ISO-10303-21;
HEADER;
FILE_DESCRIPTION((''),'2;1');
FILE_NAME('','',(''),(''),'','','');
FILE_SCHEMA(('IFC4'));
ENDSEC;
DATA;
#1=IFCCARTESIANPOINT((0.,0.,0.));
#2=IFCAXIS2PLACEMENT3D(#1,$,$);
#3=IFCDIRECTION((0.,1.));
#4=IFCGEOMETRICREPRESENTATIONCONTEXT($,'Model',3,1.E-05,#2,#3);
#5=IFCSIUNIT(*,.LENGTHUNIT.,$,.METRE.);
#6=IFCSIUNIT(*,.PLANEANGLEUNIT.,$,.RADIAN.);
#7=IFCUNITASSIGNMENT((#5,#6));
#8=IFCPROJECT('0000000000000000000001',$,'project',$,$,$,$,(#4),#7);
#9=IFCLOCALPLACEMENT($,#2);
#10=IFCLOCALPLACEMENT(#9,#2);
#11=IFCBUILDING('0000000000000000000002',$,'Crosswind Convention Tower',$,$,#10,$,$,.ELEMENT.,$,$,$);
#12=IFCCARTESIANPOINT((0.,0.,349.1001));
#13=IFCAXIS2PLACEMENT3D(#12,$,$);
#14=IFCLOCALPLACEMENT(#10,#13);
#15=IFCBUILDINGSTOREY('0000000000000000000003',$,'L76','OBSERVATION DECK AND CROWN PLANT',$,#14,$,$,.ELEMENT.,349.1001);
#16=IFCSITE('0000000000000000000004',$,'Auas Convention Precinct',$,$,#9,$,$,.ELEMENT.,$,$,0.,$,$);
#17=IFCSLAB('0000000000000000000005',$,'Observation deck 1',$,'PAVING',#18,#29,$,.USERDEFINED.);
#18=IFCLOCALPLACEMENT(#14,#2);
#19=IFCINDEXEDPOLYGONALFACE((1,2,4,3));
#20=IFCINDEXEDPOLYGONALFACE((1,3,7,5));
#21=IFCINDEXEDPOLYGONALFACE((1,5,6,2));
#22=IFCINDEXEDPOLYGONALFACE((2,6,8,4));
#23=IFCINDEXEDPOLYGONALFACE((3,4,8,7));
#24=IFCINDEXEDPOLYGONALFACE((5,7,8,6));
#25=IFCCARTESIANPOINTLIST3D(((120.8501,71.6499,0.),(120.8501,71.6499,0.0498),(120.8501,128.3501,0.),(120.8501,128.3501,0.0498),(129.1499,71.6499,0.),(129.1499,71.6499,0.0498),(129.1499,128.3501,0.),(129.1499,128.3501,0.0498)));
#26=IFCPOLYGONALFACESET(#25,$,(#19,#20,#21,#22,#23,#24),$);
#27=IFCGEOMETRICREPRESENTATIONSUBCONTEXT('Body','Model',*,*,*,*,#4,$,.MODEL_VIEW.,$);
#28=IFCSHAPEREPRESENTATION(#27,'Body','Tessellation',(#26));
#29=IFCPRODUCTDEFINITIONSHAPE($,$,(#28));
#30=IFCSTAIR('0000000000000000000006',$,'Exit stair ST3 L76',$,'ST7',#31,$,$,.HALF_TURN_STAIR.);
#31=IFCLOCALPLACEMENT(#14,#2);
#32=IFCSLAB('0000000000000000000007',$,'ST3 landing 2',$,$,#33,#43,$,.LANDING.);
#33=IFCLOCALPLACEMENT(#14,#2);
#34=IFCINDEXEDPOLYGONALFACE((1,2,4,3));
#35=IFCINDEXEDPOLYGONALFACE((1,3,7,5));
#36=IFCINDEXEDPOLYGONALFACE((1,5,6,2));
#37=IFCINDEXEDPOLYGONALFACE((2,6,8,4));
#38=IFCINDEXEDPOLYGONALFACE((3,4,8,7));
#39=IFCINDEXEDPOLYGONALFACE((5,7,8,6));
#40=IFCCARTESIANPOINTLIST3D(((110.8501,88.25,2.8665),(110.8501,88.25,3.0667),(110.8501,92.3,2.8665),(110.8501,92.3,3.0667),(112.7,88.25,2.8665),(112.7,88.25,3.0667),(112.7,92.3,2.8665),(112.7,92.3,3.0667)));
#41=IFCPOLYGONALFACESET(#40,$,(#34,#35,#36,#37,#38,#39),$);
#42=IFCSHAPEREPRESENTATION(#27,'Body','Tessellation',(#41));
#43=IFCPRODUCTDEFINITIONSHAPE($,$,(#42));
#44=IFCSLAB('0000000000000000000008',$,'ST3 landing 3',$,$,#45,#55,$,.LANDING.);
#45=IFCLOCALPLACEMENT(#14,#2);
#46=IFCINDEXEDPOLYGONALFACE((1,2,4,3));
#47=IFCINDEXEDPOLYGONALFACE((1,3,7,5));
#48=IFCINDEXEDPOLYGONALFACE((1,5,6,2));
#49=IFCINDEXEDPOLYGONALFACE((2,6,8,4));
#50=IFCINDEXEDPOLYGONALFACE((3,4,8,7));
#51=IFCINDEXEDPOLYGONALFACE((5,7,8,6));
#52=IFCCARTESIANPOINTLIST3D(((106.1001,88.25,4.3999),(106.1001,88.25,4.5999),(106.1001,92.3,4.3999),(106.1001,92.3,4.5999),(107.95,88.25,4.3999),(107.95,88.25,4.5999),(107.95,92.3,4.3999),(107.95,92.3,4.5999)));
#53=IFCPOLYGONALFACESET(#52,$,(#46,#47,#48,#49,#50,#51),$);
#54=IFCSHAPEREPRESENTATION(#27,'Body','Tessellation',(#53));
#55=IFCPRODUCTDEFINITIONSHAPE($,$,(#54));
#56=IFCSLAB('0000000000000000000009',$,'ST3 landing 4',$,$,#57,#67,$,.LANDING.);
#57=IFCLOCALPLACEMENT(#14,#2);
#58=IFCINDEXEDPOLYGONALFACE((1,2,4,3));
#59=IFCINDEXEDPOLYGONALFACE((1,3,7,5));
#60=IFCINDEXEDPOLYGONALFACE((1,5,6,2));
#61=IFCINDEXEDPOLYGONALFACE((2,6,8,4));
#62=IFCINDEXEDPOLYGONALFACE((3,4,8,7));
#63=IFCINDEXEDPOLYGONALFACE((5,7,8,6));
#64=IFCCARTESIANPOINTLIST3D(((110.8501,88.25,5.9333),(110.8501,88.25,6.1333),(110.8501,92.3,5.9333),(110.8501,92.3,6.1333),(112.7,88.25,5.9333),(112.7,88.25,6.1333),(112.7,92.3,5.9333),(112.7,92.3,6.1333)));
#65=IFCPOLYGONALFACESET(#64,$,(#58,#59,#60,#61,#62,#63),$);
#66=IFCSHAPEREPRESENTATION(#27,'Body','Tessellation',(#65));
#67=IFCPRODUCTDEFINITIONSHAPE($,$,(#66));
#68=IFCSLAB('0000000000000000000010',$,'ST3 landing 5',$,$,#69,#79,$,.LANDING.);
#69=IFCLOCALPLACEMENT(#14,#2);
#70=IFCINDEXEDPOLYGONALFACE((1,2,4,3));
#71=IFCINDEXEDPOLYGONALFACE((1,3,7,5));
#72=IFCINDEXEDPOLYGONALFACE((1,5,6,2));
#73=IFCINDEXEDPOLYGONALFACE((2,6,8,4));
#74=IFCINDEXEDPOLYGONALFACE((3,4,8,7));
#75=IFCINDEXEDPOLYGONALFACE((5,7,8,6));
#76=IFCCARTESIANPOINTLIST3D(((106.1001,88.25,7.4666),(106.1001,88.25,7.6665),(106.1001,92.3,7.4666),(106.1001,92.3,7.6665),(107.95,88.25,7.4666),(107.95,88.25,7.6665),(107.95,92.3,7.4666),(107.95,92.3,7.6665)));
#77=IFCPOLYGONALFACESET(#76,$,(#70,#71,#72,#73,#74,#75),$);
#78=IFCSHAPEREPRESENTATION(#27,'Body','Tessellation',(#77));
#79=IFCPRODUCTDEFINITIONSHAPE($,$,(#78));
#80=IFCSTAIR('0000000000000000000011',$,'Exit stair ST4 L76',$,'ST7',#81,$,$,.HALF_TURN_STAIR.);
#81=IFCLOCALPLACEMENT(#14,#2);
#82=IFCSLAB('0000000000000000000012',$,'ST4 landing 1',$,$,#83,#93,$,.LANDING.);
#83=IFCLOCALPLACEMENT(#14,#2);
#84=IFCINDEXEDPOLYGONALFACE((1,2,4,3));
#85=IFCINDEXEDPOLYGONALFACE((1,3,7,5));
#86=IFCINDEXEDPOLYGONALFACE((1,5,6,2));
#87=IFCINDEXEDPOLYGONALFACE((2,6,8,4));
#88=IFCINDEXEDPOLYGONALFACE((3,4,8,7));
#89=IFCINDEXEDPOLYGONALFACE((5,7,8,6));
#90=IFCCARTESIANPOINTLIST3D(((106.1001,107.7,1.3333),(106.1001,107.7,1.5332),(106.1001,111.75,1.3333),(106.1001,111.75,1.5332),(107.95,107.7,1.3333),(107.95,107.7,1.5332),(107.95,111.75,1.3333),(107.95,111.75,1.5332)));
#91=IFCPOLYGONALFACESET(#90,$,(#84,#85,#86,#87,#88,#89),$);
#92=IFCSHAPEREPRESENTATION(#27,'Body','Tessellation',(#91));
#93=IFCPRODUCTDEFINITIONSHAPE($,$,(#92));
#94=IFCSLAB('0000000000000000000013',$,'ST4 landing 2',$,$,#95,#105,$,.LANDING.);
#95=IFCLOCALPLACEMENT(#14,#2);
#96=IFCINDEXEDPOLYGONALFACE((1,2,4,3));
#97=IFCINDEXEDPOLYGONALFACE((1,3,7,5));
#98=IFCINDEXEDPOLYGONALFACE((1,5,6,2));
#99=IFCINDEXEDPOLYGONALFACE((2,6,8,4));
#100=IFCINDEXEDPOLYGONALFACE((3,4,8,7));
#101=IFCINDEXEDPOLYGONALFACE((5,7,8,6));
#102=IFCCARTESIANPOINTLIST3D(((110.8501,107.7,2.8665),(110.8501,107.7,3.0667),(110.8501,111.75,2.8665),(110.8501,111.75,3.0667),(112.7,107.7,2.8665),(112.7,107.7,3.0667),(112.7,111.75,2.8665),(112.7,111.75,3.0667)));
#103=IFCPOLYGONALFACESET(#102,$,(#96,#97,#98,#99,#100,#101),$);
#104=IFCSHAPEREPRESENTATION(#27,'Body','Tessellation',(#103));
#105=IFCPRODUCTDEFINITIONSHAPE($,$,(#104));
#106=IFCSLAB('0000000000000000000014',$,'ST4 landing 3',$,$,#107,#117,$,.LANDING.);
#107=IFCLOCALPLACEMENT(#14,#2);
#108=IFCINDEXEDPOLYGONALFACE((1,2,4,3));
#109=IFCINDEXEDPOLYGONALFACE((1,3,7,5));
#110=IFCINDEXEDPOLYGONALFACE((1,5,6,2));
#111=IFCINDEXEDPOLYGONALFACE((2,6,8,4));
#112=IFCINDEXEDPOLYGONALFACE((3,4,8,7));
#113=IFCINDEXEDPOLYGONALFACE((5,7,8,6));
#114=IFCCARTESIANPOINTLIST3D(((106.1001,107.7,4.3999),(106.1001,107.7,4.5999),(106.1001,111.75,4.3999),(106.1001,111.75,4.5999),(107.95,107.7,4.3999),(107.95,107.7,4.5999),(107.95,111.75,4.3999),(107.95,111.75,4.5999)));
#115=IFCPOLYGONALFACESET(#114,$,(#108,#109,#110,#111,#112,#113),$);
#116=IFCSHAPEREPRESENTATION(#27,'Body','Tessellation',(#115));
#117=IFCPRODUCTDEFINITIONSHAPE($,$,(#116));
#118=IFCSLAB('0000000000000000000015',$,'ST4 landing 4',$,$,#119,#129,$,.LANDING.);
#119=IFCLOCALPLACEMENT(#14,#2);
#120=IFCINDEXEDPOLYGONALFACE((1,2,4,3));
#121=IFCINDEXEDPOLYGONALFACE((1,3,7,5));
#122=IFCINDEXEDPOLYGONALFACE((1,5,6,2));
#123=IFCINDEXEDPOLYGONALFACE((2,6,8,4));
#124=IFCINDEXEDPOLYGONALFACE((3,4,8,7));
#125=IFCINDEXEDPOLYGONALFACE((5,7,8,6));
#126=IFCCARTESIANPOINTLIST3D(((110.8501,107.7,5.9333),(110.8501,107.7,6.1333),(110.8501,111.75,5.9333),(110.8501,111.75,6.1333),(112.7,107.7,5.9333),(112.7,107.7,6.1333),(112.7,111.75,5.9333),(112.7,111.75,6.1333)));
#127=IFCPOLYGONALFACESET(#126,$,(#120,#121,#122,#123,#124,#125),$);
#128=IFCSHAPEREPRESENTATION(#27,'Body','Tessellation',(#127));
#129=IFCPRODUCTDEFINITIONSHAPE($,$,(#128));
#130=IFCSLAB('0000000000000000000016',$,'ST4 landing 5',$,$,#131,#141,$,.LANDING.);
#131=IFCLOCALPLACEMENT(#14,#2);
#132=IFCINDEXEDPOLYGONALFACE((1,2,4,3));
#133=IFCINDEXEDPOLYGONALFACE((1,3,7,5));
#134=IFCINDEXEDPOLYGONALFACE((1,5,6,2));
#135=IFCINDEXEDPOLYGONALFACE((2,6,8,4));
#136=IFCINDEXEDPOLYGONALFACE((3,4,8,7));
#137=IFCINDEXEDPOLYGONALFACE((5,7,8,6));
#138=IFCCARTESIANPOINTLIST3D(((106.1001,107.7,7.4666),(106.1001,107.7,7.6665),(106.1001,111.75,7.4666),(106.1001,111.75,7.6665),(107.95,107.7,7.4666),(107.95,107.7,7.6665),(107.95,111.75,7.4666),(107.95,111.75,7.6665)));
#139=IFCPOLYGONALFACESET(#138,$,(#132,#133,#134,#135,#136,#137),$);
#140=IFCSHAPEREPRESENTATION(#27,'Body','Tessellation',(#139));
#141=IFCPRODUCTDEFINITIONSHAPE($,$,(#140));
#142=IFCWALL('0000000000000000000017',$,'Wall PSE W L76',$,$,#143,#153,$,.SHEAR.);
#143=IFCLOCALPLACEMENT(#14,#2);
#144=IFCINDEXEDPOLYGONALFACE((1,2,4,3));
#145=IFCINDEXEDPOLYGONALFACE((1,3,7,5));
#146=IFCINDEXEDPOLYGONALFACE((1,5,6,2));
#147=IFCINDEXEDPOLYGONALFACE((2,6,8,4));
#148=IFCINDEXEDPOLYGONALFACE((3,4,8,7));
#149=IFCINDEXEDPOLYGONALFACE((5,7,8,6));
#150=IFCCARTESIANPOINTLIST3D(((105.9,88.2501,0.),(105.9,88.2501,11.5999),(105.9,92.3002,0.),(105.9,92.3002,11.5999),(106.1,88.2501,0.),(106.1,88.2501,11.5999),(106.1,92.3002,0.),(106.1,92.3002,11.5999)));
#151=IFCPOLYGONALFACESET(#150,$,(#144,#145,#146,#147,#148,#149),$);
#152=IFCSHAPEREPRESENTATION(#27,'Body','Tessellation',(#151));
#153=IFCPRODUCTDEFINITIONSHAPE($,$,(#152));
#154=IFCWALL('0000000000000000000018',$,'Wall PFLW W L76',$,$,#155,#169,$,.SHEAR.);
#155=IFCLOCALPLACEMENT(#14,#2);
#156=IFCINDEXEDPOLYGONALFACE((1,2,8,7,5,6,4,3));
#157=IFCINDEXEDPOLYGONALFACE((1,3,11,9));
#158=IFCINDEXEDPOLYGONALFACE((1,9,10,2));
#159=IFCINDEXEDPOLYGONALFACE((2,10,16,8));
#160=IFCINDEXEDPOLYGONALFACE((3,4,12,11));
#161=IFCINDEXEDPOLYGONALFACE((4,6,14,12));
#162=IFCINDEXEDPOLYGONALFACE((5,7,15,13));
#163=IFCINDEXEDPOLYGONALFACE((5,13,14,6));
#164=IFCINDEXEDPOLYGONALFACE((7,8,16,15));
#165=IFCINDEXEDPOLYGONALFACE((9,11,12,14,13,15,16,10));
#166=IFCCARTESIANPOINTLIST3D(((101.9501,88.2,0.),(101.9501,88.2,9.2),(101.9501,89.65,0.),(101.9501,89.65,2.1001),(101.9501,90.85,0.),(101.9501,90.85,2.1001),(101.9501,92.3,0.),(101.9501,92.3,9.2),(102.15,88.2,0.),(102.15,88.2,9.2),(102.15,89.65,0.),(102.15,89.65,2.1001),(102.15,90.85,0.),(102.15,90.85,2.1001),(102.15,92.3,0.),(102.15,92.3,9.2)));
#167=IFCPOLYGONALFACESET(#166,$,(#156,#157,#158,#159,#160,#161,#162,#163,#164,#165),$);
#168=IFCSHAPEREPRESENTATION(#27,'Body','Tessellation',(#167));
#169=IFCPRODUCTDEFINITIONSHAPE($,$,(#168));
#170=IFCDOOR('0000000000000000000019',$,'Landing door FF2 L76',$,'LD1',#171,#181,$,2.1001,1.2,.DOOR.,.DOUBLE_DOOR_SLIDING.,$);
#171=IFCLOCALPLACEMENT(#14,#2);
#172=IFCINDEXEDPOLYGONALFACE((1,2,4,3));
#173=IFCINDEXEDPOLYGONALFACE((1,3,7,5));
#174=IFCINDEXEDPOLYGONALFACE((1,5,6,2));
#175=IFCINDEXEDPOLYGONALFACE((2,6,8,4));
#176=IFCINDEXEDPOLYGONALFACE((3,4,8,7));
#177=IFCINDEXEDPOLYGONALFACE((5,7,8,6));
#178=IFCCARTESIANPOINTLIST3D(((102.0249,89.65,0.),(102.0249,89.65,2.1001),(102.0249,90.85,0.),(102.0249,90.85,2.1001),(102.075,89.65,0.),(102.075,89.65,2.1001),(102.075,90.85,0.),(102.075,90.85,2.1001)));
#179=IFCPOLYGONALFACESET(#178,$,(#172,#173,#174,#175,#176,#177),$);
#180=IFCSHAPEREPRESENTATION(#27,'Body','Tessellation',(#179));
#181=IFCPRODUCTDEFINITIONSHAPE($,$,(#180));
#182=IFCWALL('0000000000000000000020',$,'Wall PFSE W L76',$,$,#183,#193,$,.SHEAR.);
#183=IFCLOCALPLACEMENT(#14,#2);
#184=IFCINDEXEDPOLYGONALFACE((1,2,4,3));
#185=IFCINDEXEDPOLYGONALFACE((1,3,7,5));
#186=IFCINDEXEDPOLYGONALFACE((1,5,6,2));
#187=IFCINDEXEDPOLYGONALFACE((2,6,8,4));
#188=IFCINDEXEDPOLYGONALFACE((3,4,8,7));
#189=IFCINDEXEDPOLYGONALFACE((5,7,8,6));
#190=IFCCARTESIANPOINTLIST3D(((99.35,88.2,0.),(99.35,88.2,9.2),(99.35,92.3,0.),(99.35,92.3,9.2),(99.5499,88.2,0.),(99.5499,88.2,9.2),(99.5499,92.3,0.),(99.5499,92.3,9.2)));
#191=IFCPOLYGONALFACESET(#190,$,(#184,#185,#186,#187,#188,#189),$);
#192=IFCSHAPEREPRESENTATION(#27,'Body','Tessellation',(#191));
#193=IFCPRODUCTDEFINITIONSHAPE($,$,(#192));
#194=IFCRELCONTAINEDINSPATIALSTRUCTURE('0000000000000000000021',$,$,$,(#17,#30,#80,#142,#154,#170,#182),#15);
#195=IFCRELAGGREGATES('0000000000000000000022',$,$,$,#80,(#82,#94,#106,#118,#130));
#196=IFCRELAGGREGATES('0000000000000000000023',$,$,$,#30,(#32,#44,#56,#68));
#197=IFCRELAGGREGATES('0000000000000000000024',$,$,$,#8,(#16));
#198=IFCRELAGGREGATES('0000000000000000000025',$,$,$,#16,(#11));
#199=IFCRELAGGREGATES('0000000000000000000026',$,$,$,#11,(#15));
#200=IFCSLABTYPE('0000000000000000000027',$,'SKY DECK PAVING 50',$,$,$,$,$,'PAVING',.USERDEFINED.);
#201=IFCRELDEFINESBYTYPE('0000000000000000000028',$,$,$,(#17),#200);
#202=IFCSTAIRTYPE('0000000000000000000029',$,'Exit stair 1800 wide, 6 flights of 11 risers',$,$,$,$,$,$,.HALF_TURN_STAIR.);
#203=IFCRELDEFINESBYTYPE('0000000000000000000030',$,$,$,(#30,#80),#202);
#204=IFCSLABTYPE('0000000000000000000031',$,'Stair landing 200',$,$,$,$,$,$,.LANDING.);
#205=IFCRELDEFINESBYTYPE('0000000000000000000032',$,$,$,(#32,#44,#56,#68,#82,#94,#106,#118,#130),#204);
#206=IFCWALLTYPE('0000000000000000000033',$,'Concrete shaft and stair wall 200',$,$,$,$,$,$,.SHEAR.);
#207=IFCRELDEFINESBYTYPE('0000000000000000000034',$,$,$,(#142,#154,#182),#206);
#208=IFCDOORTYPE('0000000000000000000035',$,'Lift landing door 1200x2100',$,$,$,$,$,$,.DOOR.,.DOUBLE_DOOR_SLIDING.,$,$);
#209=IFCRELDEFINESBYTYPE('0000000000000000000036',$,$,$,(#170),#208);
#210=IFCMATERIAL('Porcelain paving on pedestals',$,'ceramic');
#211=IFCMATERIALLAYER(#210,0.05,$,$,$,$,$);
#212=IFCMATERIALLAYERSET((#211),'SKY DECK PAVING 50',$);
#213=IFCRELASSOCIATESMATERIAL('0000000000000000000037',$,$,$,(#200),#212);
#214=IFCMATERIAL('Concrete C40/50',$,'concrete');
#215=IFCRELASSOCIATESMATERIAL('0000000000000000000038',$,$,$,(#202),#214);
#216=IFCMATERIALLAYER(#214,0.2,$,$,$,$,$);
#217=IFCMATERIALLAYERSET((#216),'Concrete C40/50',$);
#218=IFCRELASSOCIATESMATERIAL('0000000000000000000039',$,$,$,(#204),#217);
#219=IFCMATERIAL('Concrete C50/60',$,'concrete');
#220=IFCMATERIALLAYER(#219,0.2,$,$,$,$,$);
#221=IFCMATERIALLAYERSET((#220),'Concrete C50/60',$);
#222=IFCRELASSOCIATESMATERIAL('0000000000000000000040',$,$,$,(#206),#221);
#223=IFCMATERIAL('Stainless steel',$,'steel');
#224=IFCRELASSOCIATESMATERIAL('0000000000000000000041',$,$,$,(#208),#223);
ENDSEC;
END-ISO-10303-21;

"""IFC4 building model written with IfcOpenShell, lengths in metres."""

from ifc_helpers import new_model, si_unit, direction, frame, frame_2d, origin, place, context, subcontext, project, spatial, polyline, rectangle, outline, extrude, material, layer, layer_set, type_object, element, fill, aggregate, save


model = new_model("IFC4")

# Units and contexts
model_context = context("Model", 3, precision=1e-05, world=origin(), true_north=direction((0.0, 1.0)))
body_context = subcontext(model_context, "Body", "Model", "MODEL_VIEW")
ifc_project = project(units=[si_unit("LENGTHUNIT", "METRE"), si_unit("PLANEANGLEUNIT", "RADIAN")], contexts=[model_context])

# Site, building, storey
site_placement = place(None, origin())
site = spatial("IfcSite", under=ifc_project, at=site_placement, Name="Auas Convention Precinct", CompositionType="ELEMENT", RefElevation=0.0)
building_placement = place(site_placement, origin())
building = spatial("IfcBuilding", under=site, at=building_placement, Name="Crosswind Convention Tower", CompositionType="ELEMENT")
storey_placement = place(building_placement, frame((0.0, 0.0, 349.1001)))
storey = spatial("IfcBuildingStorey", under=building, at=storey_placement, Name="L76", Description="OBSERVATION DECK AND CROWN PLANT", CompositionType="ELEMENT", Elevation=349.1001)

# Slab
ifc_material_1 = material(Name="Porcelain paving on pedestals", Category="ceramic")
ifc_layer_1 = layer(ifc_material_1, 0.05)
ifc_layer_set_1 = layer_set([ifc_layer_1], Name="SKY DECK PAVING 50")
slab_type_1 = type_object("IfcSlabType", Name="SKY DECK PAVING 50", ElementType="PAVING", PredefinedType="USERDEFINED", material=ifc_layer_set_1)
slab_1_placement = place(storey_placement, origin())
element("IfcSlab", 1, at=slab_1_placement, inside=storey, type_object=slab_type_1, Name="Observation deck 1", ObjectType="PAVING", PredefinedType="USERDEFINED", context=body_context, shape_type="SweptSolid", body=[
    extrude(outline(polyline([(120.8501, 71.6499), (120.8501, 128.3501), (129.1499, 128.3501), (129.1499, 71.6499), (120.8501, 71.6499)])), origin(), (0.0, 0.0, 1.0), 0.0498),
])

# Stairs, slabs
ifc_material_2 = material(Name="Concrete C40/50", Category="concrete")
stair_type = type_object("IfcStairType", Name="Exit stair 1800 wide, 6 flights of 11 risers", PredefinedType="HALF_TURN_STAIR", material=ifc_material_2)
stair_1_placement = place(storey_placement, origin())
stair_1 = element("IfcStair", 2, at=stair_1_placement, inside=storey, type_object=stair_type, Name="Exit stair ST3 L76", ObjectType="ST7", PredefinedType="HALF_TURN_STAIR")
ifc_layer_2 = layer(ifc_material_2, 0.2)
ifc_layer_set_2 = layer_set([ifc_layer_2], Name="Concrete C40/50")
slab_type_2 = type_object("IfcSlabType", Name="Stair landing 200", PredefinedType="LANDING", material=ifc_layer_set_2)
slab_2_placement = place(storey_placement, frame((0.0, 0.0, 2.8665)))
slab_2 = element("IfcSlab", 3, at=slab_2_placement, type_object=slab_type_2, Name="ST3 landing 2", PredefinedType="LANDING", context=body_context, shape_type="SweptSolid", body=[
    extrude(outline(polyline([(112.7, 88.25), (112.7, 92.3), (110.8501, 92.3), (110.8501, 88.25), (112.7, 88.25)])), origin(), (0.0, 0.0, 1.0), 0.2002),
])
slab_3_placement = place(storey_placement, frame((0.0, 0.0, 4.3999)))
slab_3 = element("IfcSlab", 4, at=slab_3_placement, type_object=slab_type_2, Name="ST3 landing 3", PredefinedType="LANDING", context=body_context, shape_type="SweptSolid", body=[
    extrude(outline(polyline([(107.95, 88.25), (107.95, 92.3), (106.1001, 92.3), (106.1001, 88.25), (107.95, 88.25)])), origin(), (0.0, 0.0, 1.0), 0.2),
])
slab_4_placement = place(storey_placement, frame((0.0, 0.0, 5.9333)))
slab_4 = element("IfcSlab", 5, at=slab_4_placement, type_object=slab_type_2, Name="ST3 landing 4", PredefinedType="LANDING", context=body_context, shape_type="SweptSolid", body=[
    extrude(outline(polyline([(112.7, 88.25), (112.7, 92.3), (110.8501, 92.3), (110.8501, 88.25), (112.7, 88.25)])), origin(), (0.0, 0.0, 1.0), 0.2),
])
slab_5_placement = place(storey_placement, frame((0.0, 0.0, 7.4666)))
slab_5 = element("IfcSlab", 6, at=slab_5_placement, type_object=slab_type_2, Name="ST3 landing 5", PredefinedType="LANDING", context=body_context, shape_type="SweptSolid", body=[
    extrude(outline(polyline([(107.95, 88.25), (107.95, 92.3), (106.1001, 92.3), (106.1001, 88.25), (107.95, 88.25)])), origin(), (0.0, 0.0, 1.0), 0.2),
])
stair_2_placement = place(storey_placement, origin())
stair_2 = element("IfcStair", 7, at=stair_2_placement, inside=storey, type_object=stair_type, Name="Exit stair ST4 L76", ObjectType="ST7", PredefinedType="HALF_TURN_STAIR")
slab_6_placement = place(storey_placement, frame((0.0, 0.0, 1.3333)))
slab_6 = element("IfcSlab", 8, at=slab_6_placement, type_object=slab_type_2, Name="ST4 landing 1", PredefinedType="LANDING", context=body_context, shape_type="SweptSolid", body=[
    extrude(outline(polyline([(107.95, 107.7), (107.95, 111.75), (106.1001, 111.75), (106.1001, 107.7), (107.95, 107.7)])), origin(), (0.0, 0.0, 1.0), 0.2),
])
slab_7_placement = place(storey_placement, frame((0.0, 0.0, 2.8665)))
slab_7 = element("IfcSlab", 9, at=slab_7_placement, type_object=slab_type_2, Name="ST4 landing 2", PredefinedType="LANDING", context=body_context, shape_type="SweptSolid", body=[
    extrude(outline(polyline([(112.7, 107.7), (112.7, 111.75), (110.8501, 111.75), (110.8501, 107.7), (112.7, 107.7)])), origin(), (0.0, 0.0, 1.0), 0.2002),
])
slab_8_placement = place(storey_placement, frame((0.0, 0.0, 4.3999)))
slab_8 = element("IfcSlab", 10, at=slab_8_placement, type_object=slab_type_2, Name="ST4 landing 3", PredefinedType="LANDING", context=body_context, shape_type="SweptSolid", body=[
    extrude(outline(polyline([(107.95, 107.7), (107.95, 111.75), (106.1001, 111.75), (106.1001, 107.7), (107.95, 107.7)])), origin(), (0.0, 0.0, 1.0), 0.2),
])
slab_9_placement = place(storey_placement, frame((0.0, 0.0, 5.9333)))
slab_9 = element("IfcSlab", 11, at=slab_9_placement, type_object=slab_type_2, Name="ST4 landing 4", PredefinedType="LANDING", context=body_context, shape_type="SweptSolid", body=[
    extrude(outline(polyline([(112.7, 107.7), (112.7, 111.75), (110.8501, 111.75), (110.8501, 107.7), (112.7, 107.7)])), origin(), (0.0, 0.0, 1.0), 0.2),
])
slab_10_placement = place(storey_placement, frame((0.0, 0.0, 7.4666)))
slab_10 = element("IfcSlab", 12, at=slab_10_placement, type_object=slab_type_2, Name="ST4 landing 5", PredefinedType="LANDING", context=body_context, shape_type="SweptSolid", body=[
    extrude(outline(polyline([(107.95, 107.7), (107.95, 111.75), (106.1001, 111.75), (106.1001, 107.7), (107.95, 107.7)])), origin(), (0.0, 0.0, 1.0), 0.2),
])
aggregate(stair_2, [slab_6, slab_7, slab_8, slab_9, slab_10])

# Wall
ifc_material_3 = material(Name="Concrete C50/60", Category="concrete")
ifc_layer_3 = layer(ifc_material_3, 0.2)
ifc_layer_set_3 = layer_set([ifc_layer_3], Name="Concrete C50/60")
wall_type_1 = type_object("IfcWallType", Name="Concrete shaft and stair wall 200", PredefinedType="SHEAR", material=ifc_layer_set_3)
wall_1_placement = place(storey_placement, frame((106.0, 92.3, 0.0), z_axis=(0.0, 0.0, 1.0), x_axis=(0.0, -1.0, 0.0)))
element("IfcWall", 13, at=wall_1_placement, inside=storey, type_object=wall_type_1, Name="Wall PSE W L76", PredefinedType="SHEAR", context=body_context, shape_type="SweptSolid", body=[
    extrude(rectangle(XDim=4.05, YDim=0.2, at=frame_2d((2.0249, 0.0))), origin(), (0.0, 0.0, 1.0), 11.5999),
])

# Wall, opening, door
wall_2_placement = place(storey_placement, frame((102.05, 92.3, 0.0), z_axis=(0.0, 0.0, 1.0), x_axis=(0.0, -1.0, 0.0)))
wall_2 = element("IfcWall", 14, at=wall_2_placement, inside=storey, type_object=wall_type_1, Name="Wall PFLW W L76", PredefinedType="SHEAR", context=body_context, shape_type="SweptSolid", body=[
    extrude(rectangle(XDim=4.1001, YDim=0.2, at=frame_2d((2.05, 0.0))), origin(), (0.0, 0.0, 1.0), 9.2),
])
opening_1_placement = place(wall_2_placement, frame((1.45, 0.0, 0.0)))
opening_1 = element("IfcOpeningElement", 15, at=opening_1_placement, cuts=wall_2, PredefinedType="OPENING", context=body_context, shape_type="SweptSolid", body=[
    extrude(rectangle(XDim=1.2, YDim=2.1001, at=frame_2d((0.6001, 1.05))), frame((0.0, 0.1099, 0.0), z_axis=(0.0, -1.0, 0.0), x_axis=(1.0, 0.0, 0.0)), (0.0, 0.0, 1.0), 0.22),
])
ifc_material_4 = material(Name="Stainless steel", Category="steel")
door_type_1 = type_object("IfcDoorType", Name="Lift landing door 1200x2100", OperationType="DOUBLE_DOOR_SLIDING", PredefinedType="DOOR", material=ifc_material_4)
door_1_placement = place(opening_1_placement, origin())
door_1 = element("IfcDoor", 16, at=door_1_placement, inside=storey, type_object=door_type_1, Name="Landing door FF2 L76", ObjectType="LD1", OperationType="DOUBLE_DOOR_SLIDING", OverallHeight=2.1001, OverallWidth=1.2, PredefinedType="DOOR", context=body_context, shape_type="SweptSolid", body=[
    extrude(rectangle(XDim=1.2, YDim=2.1001, at=frame_2d((0.6001, 1.05))), frame((0.0, 0.0249, 0.0), z_axis=(0.0, -1.0, 0.0), x_axis=(1.0, 0.0, 0.0)), (0.0, 0.0, 1.0), 0.05),
])
fill(opening_1, door_1)

# Wall
wall_3_placement = place(storey_placement, frame((99.45, 92.3, 0.0), z_axis=(0.0, 0.0, 1.0), x_axis=(0.0, -1.0, 0.0)))
element("IfcWall", 17, at=wall_3_placement, inside=storey, type_object=wall_type_1, Name="Wall PFSE W L76", PredefinedType="SHEAR", context=body_context, shape_type="SweptSolid", body=[
    extrude(rectangle(XDim=4.1001, YDim=0.2, at=frame_2d((2.05, 0.0))), origin(), (0.0, 0.0, 1.0), 9.2),
])

aggregate(stair_1, [slab_2, slab_3, slab_4, slab_5])

save(model, "model.ifc")
